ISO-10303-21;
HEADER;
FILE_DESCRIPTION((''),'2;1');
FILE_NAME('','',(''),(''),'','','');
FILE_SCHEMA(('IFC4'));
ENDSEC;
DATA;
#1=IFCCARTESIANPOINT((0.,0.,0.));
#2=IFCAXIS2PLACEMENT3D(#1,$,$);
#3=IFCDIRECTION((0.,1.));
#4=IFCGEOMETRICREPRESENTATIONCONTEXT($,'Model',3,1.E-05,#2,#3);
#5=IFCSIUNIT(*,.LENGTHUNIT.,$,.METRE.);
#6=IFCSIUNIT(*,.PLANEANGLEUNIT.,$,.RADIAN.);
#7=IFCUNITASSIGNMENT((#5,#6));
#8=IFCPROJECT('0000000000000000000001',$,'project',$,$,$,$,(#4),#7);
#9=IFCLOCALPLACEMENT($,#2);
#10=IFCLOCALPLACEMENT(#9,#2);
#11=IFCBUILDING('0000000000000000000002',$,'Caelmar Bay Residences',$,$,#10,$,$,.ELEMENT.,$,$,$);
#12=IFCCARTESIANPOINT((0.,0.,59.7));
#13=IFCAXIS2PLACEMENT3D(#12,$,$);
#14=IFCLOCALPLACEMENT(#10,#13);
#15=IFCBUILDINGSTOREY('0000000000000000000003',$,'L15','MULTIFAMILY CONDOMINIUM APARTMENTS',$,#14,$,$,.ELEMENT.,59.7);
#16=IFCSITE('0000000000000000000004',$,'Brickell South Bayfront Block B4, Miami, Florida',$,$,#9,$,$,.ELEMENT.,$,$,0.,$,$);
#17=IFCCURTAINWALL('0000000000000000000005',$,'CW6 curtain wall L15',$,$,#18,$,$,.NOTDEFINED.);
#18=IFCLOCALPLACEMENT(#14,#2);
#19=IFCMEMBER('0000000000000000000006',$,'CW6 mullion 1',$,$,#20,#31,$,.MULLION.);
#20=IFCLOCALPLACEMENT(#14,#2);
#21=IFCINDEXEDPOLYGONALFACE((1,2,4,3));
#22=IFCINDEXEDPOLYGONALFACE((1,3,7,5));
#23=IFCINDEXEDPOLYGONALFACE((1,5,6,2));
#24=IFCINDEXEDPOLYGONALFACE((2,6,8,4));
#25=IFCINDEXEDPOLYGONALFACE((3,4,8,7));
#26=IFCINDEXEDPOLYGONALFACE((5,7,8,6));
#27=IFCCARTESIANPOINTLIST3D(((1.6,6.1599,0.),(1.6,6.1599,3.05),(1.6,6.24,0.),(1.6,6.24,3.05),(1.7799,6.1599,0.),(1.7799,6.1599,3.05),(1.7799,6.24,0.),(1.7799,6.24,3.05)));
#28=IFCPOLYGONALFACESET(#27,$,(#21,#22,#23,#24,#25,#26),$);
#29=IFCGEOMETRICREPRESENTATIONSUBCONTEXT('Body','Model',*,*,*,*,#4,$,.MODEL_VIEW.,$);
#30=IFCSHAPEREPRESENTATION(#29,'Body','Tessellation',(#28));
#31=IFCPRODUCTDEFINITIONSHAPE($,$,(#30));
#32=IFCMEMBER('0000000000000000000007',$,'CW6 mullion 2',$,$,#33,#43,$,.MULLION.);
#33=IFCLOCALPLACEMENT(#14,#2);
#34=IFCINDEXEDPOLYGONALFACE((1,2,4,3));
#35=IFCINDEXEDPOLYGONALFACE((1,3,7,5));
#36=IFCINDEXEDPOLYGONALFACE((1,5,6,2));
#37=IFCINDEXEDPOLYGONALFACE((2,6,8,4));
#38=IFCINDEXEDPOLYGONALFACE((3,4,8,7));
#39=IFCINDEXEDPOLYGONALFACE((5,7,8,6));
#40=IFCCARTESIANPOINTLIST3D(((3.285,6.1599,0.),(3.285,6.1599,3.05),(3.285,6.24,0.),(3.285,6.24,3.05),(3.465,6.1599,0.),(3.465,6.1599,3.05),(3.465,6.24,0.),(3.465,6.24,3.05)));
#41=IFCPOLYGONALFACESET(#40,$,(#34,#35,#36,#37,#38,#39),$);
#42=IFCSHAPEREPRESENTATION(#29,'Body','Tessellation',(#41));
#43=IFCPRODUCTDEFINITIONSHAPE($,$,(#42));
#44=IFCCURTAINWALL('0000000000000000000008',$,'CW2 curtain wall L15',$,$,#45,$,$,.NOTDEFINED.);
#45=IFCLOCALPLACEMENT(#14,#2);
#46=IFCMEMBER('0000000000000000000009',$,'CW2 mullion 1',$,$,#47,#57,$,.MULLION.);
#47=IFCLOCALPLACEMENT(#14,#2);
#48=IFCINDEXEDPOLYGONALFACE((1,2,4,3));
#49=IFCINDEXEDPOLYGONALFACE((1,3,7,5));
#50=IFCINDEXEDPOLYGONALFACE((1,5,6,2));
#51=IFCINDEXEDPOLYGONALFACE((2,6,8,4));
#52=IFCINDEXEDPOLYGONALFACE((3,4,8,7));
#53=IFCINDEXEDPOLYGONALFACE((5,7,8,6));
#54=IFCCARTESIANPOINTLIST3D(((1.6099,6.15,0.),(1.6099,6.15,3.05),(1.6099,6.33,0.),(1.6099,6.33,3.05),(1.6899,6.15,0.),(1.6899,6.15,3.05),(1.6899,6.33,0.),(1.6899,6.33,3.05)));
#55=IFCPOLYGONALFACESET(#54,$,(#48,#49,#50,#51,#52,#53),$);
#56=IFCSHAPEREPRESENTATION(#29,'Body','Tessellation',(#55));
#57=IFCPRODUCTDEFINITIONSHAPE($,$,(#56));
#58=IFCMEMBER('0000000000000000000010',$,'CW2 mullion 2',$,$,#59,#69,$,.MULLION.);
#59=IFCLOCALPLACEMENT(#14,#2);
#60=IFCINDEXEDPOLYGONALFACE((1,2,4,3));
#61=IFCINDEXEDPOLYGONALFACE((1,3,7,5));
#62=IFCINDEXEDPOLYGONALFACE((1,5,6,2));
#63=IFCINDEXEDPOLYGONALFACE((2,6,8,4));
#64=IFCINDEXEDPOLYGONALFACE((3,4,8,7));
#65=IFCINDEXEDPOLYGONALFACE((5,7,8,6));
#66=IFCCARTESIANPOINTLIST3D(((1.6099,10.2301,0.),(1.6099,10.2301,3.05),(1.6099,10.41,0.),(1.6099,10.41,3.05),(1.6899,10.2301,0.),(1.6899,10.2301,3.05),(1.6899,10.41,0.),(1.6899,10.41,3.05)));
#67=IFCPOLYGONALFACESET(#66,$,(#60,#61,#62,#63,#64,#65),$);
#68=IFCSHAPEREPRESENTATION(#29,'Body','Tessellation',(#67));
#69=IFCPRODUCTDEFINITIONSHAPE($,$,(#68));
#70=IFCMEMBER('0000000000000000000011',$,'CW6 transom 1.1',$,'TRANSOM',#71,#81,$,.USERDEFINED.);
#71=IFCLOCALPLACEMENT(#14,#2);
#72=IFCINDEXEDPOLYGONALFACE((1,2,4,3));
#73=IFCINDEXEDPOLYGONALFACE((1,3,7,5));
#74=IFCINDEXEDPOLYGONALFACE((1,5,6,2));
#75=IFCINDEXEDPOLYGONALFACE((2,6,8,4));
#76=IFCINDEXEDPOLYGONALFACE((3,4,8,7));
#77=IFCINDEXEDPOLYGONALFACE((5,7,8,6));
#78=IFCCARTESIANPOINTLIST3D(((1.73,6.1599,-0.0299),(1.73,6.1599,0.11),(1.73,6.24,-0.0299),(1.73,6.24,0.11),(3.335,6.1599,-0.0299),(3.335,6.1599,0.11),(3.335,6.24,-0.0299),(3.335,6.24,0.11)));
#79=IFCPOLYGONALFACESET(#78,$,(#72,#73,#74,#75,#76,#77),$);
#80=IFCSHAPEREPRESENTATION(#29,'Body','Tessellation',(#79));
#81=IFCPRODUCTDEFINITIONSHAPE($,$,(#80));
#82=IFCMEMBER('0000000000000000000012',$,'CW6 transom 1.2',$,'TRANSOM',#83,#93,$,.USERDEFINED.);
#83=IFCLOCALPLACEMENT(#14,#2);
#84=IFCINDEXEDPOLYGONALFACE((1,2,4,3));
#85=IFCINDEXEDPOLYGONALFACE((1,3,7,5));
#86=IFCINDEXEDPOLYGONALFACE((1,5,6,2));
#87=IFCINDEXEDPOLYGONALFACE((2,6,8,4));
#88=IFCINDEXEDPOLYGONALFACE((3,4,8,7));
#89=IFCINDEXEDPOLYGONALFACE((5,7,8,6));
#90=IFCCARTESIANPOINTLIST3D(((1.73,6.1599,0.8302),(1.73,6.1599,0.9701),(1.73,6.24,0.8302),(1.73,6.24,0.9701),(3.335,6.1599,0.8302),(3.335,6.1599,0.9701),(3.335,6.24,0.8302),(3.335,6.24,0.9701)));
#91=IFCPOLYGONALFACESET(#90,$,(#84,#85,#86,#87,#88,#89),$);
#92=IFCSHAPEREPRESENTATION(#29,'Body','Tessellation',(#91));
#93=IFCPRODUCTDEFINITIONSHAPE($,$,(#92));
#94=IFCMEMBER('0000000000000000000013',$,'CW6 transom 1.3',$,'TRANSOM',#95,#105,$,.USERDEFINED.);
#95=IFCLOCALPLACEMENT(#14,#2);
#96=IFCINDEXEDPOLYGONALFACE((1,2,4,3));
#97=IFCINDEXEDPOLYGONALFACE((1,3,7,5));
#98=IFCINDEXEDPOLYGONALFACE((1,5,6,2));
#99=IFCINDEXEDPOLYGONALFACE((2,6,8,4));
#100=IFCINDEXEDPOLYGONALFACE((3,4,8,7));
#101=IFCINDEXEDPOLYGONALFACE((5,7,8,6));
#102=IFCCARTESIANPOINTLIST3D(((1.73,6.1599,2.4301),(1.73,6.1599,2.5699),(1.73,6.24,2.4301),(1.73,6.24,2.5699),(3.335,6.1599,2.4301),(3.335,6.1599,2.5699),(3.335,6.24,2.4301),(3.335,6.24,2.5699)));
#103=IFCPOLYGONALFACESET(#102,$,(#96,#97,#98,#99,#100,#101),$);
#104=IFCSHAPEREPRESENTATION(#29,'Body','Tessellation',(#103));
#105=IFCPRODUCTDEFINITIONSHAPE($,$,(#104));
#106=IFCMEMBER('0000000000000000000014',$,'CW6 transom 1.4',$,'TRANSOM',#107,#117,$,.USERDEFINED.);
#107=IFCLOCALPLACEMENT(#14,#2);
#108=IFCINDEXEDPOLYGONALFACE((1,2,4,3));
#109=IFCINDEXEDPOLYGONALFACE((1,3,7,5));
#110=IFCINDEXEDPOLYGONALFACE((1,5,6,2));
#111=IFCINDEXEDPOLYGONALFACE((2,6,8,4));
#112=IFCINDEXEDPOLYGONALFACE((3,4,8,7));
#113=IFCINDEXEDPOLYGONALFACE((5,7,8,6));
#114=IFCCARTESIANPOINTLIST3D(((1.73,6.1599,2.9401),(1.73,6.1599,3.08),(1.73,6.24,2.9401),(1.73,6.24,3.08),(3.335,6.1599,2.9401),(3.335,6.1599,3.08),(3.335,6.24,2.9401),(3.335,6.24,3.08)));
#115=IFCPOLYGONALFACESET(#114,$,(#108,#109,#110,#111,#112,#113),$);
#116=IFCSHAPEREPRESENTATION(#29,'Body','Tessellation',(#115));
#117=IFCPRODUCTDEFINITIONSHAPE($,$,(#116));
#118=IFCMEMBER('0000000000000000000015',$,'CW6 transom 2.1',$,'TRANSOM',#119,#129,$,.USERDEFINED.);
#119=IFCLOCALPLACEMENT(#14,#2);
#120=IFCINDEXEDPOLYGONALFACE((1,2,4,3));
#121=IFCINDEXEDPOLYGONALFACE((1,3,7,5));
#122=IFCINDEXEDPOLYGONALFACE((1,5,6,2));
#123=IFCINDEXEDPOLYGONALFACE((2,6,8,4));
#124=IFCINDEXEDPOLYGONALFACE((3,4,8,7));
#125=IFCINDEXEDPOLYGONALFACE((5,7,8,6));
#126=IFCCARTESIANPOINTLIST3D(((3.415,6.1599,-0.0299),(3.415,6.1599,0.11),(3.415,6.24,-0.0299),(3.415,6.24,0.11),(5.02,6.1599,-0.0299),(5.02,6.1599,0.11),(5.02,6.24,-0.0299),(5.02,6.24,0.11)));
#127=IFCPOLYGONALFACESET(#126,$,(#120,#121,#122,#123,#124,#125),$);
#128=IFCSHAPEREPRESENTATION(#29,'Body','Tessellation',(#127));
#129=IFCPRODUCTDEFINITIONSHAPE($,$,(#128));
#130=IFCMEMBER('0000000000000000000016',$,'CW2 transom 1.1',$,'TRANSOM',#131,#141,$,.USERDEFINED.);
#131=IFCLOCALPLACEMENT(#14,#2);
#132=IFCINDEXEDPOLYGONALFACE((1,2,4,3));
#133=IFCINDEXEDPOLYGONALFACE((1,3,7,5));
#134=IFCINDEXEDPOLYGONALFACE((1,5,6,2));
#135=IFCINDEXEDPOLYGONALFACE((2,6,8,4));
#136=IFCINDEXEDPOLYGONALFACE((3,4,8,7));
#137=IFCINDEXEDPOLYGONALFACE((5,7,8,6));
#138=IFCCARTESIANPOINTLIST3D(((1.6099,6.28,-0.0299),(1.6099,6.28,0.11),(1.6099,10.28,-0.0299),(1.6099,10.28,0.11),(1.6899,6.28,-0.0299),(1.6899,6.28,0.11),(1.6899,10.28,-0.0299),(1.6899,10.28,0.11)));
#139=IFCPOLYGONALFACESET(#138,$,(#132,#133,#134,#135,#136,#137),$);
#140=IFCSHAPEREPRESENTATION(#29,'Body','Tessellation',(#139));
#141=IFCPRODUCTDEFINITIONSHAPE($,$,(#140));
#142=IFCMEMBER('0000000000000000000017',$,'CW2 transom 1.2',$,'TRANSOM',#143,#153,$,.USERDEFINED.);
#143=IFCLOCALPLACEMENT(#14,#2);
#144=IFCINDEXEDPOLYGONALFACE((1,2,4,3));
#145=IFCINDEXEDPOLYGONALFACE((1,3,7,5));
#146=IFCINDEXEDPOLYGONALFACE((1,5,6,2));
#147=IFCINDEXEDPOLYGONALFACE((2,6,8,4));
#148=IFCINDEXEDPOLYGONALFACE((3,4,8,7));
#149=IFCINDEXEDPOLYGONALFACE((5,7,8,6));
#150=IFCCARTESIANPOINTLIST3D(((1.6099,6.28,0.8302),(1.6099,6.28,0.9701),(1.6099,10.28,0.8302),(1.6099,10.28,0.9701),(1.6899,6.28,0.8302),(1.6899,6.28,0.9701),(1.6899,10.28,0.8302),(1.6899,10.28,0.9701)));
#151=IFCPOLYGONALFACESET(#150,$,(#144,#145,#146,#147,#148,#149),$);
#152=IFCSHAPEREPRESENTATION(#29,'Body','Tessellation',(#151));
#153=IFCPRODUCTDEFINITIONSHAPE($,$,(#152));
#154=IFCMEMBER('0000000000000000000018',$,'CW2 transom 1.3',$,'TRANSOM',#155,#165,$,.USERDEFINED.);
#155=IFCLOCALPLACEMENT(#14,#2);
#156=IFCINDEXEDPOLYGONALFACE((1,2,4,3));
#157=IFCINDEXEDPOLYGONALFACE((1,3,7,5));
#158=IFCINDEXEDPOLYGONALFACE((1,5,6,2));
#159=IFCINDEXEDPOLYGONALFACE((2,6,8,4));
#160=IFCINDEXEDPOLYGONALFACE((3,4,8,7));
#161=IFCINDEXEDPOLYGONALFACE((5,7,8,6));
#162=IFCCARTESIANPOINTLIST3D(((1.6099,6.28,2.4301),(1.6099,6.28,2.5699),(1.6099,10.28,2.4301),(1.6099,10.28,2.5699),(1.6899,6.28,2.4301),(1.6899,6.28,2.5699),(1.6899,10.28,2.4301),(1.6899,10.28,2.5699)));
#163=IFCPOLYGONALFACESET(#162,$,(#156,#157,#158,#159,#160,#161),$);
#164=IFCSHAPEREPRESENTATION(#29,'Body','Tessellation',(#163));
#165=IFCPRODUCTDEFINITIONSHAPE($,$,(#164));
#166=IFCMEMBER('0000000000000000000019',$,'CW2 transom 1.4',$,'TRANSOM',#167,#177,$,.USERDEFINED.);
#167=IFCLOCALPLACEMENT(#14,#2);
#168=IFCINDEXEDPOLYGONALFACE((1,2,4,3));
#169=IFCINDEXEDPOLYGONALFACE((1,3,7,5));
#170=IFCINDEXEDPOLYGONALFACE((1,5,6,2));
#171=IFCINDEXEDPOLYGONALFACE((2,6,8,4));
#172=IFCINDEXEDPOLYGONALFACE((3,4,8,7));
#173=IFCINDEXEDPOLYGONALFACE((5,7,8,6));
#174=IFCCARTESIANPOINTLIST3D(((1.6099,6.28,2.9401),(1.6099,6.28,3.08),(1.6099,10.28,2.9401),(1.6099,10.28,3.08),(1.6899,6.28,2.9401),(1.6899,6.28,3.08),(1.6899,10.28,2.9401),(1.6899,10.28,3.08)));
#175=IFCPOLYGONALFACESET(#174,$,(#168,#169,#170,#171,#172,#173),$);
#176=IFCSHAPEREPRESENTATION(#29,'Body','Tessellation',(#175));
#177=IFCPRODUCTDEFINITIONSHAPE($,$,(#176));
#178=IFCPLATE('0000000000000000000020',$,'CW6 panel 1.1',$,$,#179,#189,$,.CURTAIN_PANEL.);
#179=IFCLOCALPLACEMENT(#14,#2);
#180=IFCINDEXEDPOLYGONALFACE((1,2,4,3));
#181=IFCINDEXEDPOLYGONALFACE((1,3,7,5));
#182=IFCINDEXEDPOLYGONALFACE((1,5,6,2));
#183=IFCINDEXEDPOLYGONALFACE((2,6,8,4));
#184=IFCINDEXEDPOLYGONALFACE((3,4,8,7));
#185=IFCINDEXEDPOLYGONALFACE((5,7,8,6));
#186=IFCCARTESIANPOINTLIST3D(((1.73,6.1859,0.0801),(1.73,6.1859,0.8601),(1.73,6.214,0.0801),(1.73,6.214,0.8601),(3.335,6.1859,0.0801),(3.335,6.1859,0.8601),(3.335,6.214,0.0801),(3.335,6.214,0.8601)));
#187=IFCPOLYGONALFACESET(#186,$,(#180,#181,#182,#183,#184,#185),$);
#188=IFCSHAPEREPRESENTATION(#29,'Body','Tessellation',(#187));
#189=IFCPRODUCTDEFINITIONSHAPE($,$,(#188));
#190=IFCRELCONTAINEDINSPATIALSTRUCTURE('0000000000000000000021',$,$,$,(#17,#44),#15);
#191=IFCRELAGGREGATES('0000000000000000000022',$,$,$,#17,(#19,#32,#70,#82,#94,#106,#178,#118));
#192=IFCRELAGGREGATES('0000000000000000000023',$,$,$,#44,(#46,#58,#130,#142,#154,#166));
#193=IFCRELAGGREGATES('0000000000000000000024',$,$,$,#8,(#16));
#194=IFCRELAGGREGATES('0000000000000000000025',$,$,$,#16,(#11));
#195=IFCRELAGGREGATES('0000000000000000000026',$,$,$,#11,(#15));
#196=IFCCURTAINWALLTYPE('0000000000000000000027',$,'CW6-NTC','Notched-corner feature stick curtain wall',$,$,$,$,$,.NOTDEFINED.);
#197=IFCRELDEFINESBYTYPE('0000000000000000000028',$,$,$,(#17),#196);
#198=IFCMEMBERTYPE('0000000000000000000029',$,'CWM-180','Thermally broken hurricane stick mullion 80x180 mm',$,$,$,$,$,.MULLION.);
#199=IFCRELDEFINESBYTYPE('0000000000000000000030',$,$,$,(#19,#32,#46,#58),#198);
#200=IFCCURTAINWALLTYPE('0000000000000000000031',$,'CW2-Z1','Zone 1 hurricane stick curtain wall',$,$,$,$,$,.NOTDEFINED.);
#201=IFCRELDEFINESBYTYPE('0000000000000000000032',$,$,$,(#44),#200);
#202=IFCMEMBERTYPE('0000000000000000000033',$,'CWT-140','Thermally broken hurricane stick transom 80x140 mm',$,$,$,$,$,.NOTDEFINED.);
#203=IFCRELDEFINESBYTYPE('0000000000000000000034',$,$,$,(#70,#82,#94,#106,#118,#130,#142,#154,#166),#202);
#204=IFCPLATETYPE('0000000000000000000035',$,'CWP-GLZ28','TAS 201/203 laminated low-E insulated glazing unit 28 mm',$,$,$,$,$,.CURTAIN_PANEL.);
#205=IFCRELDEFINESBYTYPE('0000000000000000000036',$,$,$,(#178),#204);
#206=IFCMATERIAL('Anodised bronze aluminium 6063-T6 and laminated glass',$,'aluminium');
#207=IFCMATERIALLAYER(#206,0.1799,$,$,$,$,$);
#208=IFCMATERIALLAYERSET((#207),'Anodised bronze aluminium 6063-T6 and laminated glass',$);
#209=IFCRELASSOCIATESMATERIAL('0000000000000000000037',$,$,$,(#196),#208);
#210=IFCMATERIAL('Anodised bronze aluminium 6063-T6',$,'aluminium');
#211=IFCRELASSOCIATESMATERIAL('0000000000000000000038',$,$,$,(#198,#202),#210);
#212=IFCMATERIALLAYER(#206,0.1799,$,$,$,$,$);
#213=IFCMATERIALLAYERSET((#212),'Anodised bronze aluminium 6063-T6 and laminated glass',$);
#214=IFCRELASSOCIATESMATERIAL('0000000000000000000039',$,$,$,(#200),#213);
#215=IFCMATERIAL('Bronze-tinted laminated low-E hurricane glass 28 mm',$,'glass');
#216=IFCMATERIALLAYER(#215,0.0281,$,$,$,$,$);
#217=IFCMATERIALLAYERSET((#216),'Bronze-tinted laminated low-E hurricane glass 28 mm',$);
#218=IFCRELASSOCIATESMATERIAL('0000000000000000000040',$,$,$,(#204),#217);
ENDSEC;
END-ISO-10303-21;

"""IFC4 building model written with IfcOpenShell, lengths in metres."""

from ifc_helpers import new_model, si_unit, direction, frame, origin, origin_2d, place, context, subcontext, project, spatial, rectangle, extrude, material, layer, layer_set, material_profile, profile_set, type_object, element, aggregate, save


model = new_model("IFC4")

# Units and contexts
model_context = context("Model", 3, precision=1e-05, world=origin(), true_north=direction((0.0, 1.0)))
body_context = subcontext(model_context, "Body", "Model", "MODEL_VIEW")
ifc_project = project(units=[si_unit("LENGTHUNIT", "METRE"), si_unit("PLANEANGLEUNIT", "RADIAN")], contexts=[model_context])

# Site, building, storey
site_placement = place(None, origin())
site = spatial("IfcSite", under=ifc_project, at=site_placement, Name="Brickell South Bayfront Block B4, Miami, Florida", CompositionType="ELEMENT", RefElevation=0.0)
building_placement = place(site_placement, origin())
building = spatial("IfcBuilding", under=site, at=building_placement, Name="Caelmar Bay Residences", CompositionType="ELEMENT")
storey_placement = place(building_placement, frame((0.0, 0.0, 59.7)))
storey = spatial("IfcBuildingStorey", under=building, at=storey_placement, Name="L15", Description="MULTIFAMILY CONDOMINIUM APARTMENTS", CompositionType="ELEMENT", Elevation=59.7)

# Curtain walls, members
ifc_material_1 = material(Name="Anodised bronze aluminium 6063-T6 and laminated glass", Category="aluminium")
ifc_layer_1 = layer(ifc_material_1, 0.1799)
ifc_layer_set_1 = layer_set([ifc_layer_1], Name="Anodised bronze aluminium 6063-T6 and laminated glass")
curtain_wall_type_1 = type_object("IfcCurtainWallType", Name="CW6-NTC", Description="Notched-corner feature stick curtain wall", PredefinedType="NOTDEFINED", material=ifc_layer_set_1)
curtain_wall_1_placement = place(storey_placement, origin())
curtain_wall_1 = element("IfcCurtainWall", 1, at=curtain_wall_1_placement, inside=storey, type_object=curtain_wall_type_1, Name="CW6 curtain wall L15", PredefinedType="NOTDEFINED")
ifc_material_2 = material(Name="Anodised bronze aluminium 6063-T6", Category="aluminium")
ifc_material_profile_1 = material_profile(ifc_material_2, rectangle(XDim=0.0801, YDim=0.1799, at=origin_2d()), Name="CWM-80X180")
ifc_profile_set_1 = profile_set([ifc_material_profile_1], Name="Anodised bronze aluminium 6063-T6")
member_type_1 = type_object("IfcMemberType", Name="CWM-180", Description="Thermally broken hurricane stick mullion 80x180 mm", PredefinedType="MULLION", material=ifc_profile_set_1)
member_1_placement = place(storey_placement, frame((1.6899, 6.2, 0.0), z_axis=(0.0, 0.0, 1.0), x_axis=(0.0, 1.0, 0.0)))
member_1 = element("IfcMember", 2, at=member_1_placement, type_object=member_type_1, Name="CW6 mullion 1", PredefinedType="MULLION", context=body_context, shape_type="SweptSolid", body=[
    extrude(rectangle(XDim=0.0801, YDim=0.1799, at=origin_2d()), origin(), (0.0, 0.0, 1.0), 3.05),
])
member_2_placement = place(storey_placement, frame((3.375, 6.2, 0.0), z_axis=(0.0, 0.0, 1.0), x_axis=(0.0, 1.0, 0.0)))
member_2 = element("IfcMember", 3, at=member_2_placement, type_object=member_type_1, Name="CW6 mullion 2", PredefinedType="MULLION", context=body_context, shape_type="SweptSolid", body=[
    extrude(rectangle(XDim=0.0801, YDim=0.1799, at=origin_2d()), origin(), (0.0, 0.0, 1.0), 3.05),
])
ifc_layer_2 = layer(ifc_material_1, 0.1799)
ifc_layer_set_2 = layer_set([ifc_layer_2], Name="Anodised bronze aluminium 6063-T6 and laminated glass")
curtain_wall_type_2 = type_object("IfcCurtainWallType", Name="CW2-Z1", Description="Zone 1 hurricane stick curtain wall", PredefinedType="NOTDEFINED", material=ifc_layer_set_2)
curtain_wall_2_placement = place(storey_placement, origin())
curtain_wall_2 = element("IfcCurtainWall", 4, at=curtain_wall_2_placement, inside=storey, type_object=curtain_wall_type_2, Name="CW2 curtain wall L15", PredefinedType="NOTDEFINED")
member_3_placement = place(storey_placement, frame((1.6499, 6.24, 0.0), z_axis=(0.0, 0.0, 1.0), x_axis=(-1.0, 0.0, 0.0)))
member_3 = element("IfcMember", 5, at=member_3_placement, type_object=member_type_1, Name="CW2 mullion 1", PredefinedType="MULLION", context=body_context, shape_type="SweptSolid", body=[
    extrude(rectangle(XDim=0.0801, YDim=0.1799, at=origin_2d()), origin(), (0.0, 0.0, 1.0), 3.05),
])
member_4_placement = place(storey_placement, frame((1.6499, 10.3201, 0.0), z_axis=(0.0, 0.0, 1.0), x_axis=(-1.0, 0.0, 0.0)))
member_4 = element("IfcMember", 6, at=member_4_placement, type_object=member_type_1, Name="CW2 mullion 2", PredefinedType="MULLION", context=body_context, shape_type="SweptSolid", body=[
    extrude(rectangle(XDim=0.0801, YDim=0.1799, at=origin_2d()), origin(), (0.0, 0.0, 1.0), 3.05),
])

# Members
ifc_material_profile_2 = material_profile(ifc_material_2, rectangle(XDim=0.0801, YDim=0.1399, at=origin_2d()), Name="CWT-80X140")
ifc_profile_set_2 = profile_set([ifc_material_profile_2], Name="Anodised bronze aluminium 6063-T6")
member_type_2 = type_object("IfcMemberType", Name="CWT-140", Description="Thermally broken hurricane stick transom 80x140 mm", PredefinedType="NOTDEFINED", material=ifc_profile_set_2)
member_5_placement = place(storey_placement, frame((1.73, 6.2, 0.04), z_axis=(1.0, 0.0, 0.0), x_axis=(0.0, 1.0, 0.0)))
member_5 = element("IfcMember", 7, at=member_5_placement, type_object=member_type_2, Name="CW6 transom 1.1", ObjectType="TRANSOM", PredefinedType="USERDEFINED", context=body_context, shape_type="SweptSolid", body=[
    extrude(rectangle(XDim=0.0801, YDim=0.1399, at=origin_2d()), origin(), (0.0, 0.0, 1.0), 1.605),
])
member_6_placement = place(storey_placement, frame((1.73, 6.2, 0.9001), z_axis=(1.0, 0.0, 0.0), x_axis=(0.0, 1.0, 0.0)))
member_6 = element("IfcMember", 8, at=member_6_placement, type_object=member_type_2, Name="CW6 transom 1.2", ObjectType="TRANSOM", PredefinedType="USERDEFINED", context=body_context, shape_type="SweptSolid", body=[
    extrude(rectangle(XDim=0.0801, YDim=0.1399, at=origin_2d()), origin(), (0.0, 0.0, 1.0), 1.605),
])
member_7_placement = place(storey_placement, frame((1.73, 6.2, 2.5), z_axis=(1.0, 0.0, 0.0), x_axis=(0.0, 1.0, 0.0)))
member_7 = element("IfcMember", 9, at=member_7_placement, type_object=member_type_2, Name="CW6 transom 1.3", ObjectType="TRANSOM", PredefinedType="USERDEFINED", context=body_context, shape_type="SweptSolid", body=[
    extrude(rectangle(XDim=0.0801, YDim=0.1399, at=origin_2d()), origin(), (0.0, 0.0, 1.0), 1.605),
])
member_8_placement = place(storey_placement, frame((1.73, 6.2, 3.01), z_axis=(1.0, 0.0, 0.0), x_axis=(0.0, 1.0, 0.0)))
member_8 = element("IfcMember", 10, at=member_8_placement, type_object=member_type_2, Name="CW6 transom 1.4", ObjectType="TRANSOM", PredefinedType="USERDEFINED", context=body_context, shape_type="SweptSolid", body=[
    extrude(rectangle(XDim=0.0801, YDim=0.1399, at=origin_2d()), origin(), (0.0, 0.0, 1.0), 1.605),
])
member_9_placement = place(storey_placement, frame((3.415, 6.2, 0.04), z_axis=(1.0, 0.0, 0.0), x_axis=(0.0, 1.0, 0.0)))
member_9 = element("IfcMember", 11, at=member_9_placement, type_object=member_type_2, Name="CW6 transom 2.1", ObjectType="TRANSOM", PredefinedType="USERDEFINED", context=body_context, shape_type="SweptSolid", body=[
    extrude(rectangle(XDim=0.0801, YDim=0.1399, at=origin_2d()), origin(), (0.0, 0.0, 1.0), 1.605),
])
member_10_placement = place(storey_placement, frame((1.6499, 6.28, 0.04), z_axis=(0.0, 1.0, 0.0), x_axis=(-1.0, 0.0, 0.0)))
member_10 = element("IfcMember", 12, at=member_10_placement, type_object=member_type_2, Name="CW2 transom 1.1", ObjectType="TRANSOM", PredefinedType="USERDEFINED", context=body_context, shape_type="SweptSolid", body=[
    extrude(rectangle(XDim=0.0801, YDim=0.1399, at=origin_2d()), origin(), (0.0, 0.0, 1.0), 4.0),
])
member_11_placement = place(storey_placement, frame((1.6499, 6.28, 0.9001), z_axis=(0.0, 1.0, 0.0), x_axis=(-1.0, 0.0, 0.0)))
member_11 = element("IfcMember", 13, at=member_11_placement, type_object=member_type_2, Name="CW2 transom 1.2", ObjectType="TRANSOM", PredefinedType="USERDEFINED", context=body_context, shape_type="SweptSolid", body=[
    extrude(rectangle(XDim=0.0801, YDim=0.1399, at=origin_2d()), origin(), (0.0, 0.0, 1.0), 4.0),
])
member_12_placement = place(storey_placement, frame((1.6499, 6.28, 2.5), z_axis=(0.0, 1.0, 0.0), x_axis=(-1.0, 0.0, 0.0)))
member_12 = element("IfcMember", 14, at=member_12_placement, type_object=member_type_2, Name="CW2 transom 1.3", ObjectType="TRANSOM", PredefinedType="USERDEFINED", context=body_context, shape_type="SweptSolid", body=[
    extrude(rectangle(XDim=0.0801, YDim=0.1399, at=origin_2d()), origin(), (0.0, 0.0, 1.0), 4.0),
])
member_13_placement = place(storey_placement, frame((1.6499, 6.28, 3.01), z_axis=(0.0, 1.0, 0.0), x_axis=(-1.0, 0.0, 0.0)))
member_13 = element("IfcMember", 15, at=member_13_placement, type_object=member_type_2, Name="CW2 transom 1.4", ObjectType="TRANSOM", PredefinedType="USERDEFINED", context=body_context, shape_type="SweptSolid", body=[
    extrude(rectangle(XDim=0.0801, YDim=0.1399, at=origin_2d()), origin(), (0.0, 0.0, 1.0), 4.0),
])

# Plate
ifc_material_3 = material(Name="Bronze-tinted laminated low-E hurricane glass 28 mm", Category="glass")
ifc_layer_3 = layer(ifc_material_3, 0.0281)
ifc_layer_set_3 = layer_set([ifc_layer_3], Name="Bronze-tinted laminated low-E hurricane glass 28 mm")
plate_type = type_object("IfcPlateType", Name="CWP-GLZ28", Description="TAS 201/203 laminated low-E insulated glazing unit 28 mm", PredefinedType="CURTAIN_PANEL", material=ifc_layer_set_3)
plate_1_placement = place(storey_placement, frame((2.5325, 6.2, 0.0801), z_axis=(0.0, 0.0, 1.0), x_axis=(1.0, 0.0, 0.0)))
plate_1 = element("IfcPlate", 16, at=plate_1_placement, type_object=plate_type, Name="CW6 panel 1.1", PredefinedType="CURTAIN_PANEL", context=body_context, shape_type="SweptSolid", body=[
    extrude(rectangle(XDim=1.605, YDim=0.0281, at=origin_2d()), origin(), (0.0, 0.0, 1.0), 0.78),
])
aggregate(curtain_wall_1, [member_1, member_2, member_5, member_6, member_7, member_8, plate_1, member_9])
aggregate(curtain_wall_2, [member_3, member_4, member_10, member_11, member_12, member_13])

save(model, "model.ifc")
